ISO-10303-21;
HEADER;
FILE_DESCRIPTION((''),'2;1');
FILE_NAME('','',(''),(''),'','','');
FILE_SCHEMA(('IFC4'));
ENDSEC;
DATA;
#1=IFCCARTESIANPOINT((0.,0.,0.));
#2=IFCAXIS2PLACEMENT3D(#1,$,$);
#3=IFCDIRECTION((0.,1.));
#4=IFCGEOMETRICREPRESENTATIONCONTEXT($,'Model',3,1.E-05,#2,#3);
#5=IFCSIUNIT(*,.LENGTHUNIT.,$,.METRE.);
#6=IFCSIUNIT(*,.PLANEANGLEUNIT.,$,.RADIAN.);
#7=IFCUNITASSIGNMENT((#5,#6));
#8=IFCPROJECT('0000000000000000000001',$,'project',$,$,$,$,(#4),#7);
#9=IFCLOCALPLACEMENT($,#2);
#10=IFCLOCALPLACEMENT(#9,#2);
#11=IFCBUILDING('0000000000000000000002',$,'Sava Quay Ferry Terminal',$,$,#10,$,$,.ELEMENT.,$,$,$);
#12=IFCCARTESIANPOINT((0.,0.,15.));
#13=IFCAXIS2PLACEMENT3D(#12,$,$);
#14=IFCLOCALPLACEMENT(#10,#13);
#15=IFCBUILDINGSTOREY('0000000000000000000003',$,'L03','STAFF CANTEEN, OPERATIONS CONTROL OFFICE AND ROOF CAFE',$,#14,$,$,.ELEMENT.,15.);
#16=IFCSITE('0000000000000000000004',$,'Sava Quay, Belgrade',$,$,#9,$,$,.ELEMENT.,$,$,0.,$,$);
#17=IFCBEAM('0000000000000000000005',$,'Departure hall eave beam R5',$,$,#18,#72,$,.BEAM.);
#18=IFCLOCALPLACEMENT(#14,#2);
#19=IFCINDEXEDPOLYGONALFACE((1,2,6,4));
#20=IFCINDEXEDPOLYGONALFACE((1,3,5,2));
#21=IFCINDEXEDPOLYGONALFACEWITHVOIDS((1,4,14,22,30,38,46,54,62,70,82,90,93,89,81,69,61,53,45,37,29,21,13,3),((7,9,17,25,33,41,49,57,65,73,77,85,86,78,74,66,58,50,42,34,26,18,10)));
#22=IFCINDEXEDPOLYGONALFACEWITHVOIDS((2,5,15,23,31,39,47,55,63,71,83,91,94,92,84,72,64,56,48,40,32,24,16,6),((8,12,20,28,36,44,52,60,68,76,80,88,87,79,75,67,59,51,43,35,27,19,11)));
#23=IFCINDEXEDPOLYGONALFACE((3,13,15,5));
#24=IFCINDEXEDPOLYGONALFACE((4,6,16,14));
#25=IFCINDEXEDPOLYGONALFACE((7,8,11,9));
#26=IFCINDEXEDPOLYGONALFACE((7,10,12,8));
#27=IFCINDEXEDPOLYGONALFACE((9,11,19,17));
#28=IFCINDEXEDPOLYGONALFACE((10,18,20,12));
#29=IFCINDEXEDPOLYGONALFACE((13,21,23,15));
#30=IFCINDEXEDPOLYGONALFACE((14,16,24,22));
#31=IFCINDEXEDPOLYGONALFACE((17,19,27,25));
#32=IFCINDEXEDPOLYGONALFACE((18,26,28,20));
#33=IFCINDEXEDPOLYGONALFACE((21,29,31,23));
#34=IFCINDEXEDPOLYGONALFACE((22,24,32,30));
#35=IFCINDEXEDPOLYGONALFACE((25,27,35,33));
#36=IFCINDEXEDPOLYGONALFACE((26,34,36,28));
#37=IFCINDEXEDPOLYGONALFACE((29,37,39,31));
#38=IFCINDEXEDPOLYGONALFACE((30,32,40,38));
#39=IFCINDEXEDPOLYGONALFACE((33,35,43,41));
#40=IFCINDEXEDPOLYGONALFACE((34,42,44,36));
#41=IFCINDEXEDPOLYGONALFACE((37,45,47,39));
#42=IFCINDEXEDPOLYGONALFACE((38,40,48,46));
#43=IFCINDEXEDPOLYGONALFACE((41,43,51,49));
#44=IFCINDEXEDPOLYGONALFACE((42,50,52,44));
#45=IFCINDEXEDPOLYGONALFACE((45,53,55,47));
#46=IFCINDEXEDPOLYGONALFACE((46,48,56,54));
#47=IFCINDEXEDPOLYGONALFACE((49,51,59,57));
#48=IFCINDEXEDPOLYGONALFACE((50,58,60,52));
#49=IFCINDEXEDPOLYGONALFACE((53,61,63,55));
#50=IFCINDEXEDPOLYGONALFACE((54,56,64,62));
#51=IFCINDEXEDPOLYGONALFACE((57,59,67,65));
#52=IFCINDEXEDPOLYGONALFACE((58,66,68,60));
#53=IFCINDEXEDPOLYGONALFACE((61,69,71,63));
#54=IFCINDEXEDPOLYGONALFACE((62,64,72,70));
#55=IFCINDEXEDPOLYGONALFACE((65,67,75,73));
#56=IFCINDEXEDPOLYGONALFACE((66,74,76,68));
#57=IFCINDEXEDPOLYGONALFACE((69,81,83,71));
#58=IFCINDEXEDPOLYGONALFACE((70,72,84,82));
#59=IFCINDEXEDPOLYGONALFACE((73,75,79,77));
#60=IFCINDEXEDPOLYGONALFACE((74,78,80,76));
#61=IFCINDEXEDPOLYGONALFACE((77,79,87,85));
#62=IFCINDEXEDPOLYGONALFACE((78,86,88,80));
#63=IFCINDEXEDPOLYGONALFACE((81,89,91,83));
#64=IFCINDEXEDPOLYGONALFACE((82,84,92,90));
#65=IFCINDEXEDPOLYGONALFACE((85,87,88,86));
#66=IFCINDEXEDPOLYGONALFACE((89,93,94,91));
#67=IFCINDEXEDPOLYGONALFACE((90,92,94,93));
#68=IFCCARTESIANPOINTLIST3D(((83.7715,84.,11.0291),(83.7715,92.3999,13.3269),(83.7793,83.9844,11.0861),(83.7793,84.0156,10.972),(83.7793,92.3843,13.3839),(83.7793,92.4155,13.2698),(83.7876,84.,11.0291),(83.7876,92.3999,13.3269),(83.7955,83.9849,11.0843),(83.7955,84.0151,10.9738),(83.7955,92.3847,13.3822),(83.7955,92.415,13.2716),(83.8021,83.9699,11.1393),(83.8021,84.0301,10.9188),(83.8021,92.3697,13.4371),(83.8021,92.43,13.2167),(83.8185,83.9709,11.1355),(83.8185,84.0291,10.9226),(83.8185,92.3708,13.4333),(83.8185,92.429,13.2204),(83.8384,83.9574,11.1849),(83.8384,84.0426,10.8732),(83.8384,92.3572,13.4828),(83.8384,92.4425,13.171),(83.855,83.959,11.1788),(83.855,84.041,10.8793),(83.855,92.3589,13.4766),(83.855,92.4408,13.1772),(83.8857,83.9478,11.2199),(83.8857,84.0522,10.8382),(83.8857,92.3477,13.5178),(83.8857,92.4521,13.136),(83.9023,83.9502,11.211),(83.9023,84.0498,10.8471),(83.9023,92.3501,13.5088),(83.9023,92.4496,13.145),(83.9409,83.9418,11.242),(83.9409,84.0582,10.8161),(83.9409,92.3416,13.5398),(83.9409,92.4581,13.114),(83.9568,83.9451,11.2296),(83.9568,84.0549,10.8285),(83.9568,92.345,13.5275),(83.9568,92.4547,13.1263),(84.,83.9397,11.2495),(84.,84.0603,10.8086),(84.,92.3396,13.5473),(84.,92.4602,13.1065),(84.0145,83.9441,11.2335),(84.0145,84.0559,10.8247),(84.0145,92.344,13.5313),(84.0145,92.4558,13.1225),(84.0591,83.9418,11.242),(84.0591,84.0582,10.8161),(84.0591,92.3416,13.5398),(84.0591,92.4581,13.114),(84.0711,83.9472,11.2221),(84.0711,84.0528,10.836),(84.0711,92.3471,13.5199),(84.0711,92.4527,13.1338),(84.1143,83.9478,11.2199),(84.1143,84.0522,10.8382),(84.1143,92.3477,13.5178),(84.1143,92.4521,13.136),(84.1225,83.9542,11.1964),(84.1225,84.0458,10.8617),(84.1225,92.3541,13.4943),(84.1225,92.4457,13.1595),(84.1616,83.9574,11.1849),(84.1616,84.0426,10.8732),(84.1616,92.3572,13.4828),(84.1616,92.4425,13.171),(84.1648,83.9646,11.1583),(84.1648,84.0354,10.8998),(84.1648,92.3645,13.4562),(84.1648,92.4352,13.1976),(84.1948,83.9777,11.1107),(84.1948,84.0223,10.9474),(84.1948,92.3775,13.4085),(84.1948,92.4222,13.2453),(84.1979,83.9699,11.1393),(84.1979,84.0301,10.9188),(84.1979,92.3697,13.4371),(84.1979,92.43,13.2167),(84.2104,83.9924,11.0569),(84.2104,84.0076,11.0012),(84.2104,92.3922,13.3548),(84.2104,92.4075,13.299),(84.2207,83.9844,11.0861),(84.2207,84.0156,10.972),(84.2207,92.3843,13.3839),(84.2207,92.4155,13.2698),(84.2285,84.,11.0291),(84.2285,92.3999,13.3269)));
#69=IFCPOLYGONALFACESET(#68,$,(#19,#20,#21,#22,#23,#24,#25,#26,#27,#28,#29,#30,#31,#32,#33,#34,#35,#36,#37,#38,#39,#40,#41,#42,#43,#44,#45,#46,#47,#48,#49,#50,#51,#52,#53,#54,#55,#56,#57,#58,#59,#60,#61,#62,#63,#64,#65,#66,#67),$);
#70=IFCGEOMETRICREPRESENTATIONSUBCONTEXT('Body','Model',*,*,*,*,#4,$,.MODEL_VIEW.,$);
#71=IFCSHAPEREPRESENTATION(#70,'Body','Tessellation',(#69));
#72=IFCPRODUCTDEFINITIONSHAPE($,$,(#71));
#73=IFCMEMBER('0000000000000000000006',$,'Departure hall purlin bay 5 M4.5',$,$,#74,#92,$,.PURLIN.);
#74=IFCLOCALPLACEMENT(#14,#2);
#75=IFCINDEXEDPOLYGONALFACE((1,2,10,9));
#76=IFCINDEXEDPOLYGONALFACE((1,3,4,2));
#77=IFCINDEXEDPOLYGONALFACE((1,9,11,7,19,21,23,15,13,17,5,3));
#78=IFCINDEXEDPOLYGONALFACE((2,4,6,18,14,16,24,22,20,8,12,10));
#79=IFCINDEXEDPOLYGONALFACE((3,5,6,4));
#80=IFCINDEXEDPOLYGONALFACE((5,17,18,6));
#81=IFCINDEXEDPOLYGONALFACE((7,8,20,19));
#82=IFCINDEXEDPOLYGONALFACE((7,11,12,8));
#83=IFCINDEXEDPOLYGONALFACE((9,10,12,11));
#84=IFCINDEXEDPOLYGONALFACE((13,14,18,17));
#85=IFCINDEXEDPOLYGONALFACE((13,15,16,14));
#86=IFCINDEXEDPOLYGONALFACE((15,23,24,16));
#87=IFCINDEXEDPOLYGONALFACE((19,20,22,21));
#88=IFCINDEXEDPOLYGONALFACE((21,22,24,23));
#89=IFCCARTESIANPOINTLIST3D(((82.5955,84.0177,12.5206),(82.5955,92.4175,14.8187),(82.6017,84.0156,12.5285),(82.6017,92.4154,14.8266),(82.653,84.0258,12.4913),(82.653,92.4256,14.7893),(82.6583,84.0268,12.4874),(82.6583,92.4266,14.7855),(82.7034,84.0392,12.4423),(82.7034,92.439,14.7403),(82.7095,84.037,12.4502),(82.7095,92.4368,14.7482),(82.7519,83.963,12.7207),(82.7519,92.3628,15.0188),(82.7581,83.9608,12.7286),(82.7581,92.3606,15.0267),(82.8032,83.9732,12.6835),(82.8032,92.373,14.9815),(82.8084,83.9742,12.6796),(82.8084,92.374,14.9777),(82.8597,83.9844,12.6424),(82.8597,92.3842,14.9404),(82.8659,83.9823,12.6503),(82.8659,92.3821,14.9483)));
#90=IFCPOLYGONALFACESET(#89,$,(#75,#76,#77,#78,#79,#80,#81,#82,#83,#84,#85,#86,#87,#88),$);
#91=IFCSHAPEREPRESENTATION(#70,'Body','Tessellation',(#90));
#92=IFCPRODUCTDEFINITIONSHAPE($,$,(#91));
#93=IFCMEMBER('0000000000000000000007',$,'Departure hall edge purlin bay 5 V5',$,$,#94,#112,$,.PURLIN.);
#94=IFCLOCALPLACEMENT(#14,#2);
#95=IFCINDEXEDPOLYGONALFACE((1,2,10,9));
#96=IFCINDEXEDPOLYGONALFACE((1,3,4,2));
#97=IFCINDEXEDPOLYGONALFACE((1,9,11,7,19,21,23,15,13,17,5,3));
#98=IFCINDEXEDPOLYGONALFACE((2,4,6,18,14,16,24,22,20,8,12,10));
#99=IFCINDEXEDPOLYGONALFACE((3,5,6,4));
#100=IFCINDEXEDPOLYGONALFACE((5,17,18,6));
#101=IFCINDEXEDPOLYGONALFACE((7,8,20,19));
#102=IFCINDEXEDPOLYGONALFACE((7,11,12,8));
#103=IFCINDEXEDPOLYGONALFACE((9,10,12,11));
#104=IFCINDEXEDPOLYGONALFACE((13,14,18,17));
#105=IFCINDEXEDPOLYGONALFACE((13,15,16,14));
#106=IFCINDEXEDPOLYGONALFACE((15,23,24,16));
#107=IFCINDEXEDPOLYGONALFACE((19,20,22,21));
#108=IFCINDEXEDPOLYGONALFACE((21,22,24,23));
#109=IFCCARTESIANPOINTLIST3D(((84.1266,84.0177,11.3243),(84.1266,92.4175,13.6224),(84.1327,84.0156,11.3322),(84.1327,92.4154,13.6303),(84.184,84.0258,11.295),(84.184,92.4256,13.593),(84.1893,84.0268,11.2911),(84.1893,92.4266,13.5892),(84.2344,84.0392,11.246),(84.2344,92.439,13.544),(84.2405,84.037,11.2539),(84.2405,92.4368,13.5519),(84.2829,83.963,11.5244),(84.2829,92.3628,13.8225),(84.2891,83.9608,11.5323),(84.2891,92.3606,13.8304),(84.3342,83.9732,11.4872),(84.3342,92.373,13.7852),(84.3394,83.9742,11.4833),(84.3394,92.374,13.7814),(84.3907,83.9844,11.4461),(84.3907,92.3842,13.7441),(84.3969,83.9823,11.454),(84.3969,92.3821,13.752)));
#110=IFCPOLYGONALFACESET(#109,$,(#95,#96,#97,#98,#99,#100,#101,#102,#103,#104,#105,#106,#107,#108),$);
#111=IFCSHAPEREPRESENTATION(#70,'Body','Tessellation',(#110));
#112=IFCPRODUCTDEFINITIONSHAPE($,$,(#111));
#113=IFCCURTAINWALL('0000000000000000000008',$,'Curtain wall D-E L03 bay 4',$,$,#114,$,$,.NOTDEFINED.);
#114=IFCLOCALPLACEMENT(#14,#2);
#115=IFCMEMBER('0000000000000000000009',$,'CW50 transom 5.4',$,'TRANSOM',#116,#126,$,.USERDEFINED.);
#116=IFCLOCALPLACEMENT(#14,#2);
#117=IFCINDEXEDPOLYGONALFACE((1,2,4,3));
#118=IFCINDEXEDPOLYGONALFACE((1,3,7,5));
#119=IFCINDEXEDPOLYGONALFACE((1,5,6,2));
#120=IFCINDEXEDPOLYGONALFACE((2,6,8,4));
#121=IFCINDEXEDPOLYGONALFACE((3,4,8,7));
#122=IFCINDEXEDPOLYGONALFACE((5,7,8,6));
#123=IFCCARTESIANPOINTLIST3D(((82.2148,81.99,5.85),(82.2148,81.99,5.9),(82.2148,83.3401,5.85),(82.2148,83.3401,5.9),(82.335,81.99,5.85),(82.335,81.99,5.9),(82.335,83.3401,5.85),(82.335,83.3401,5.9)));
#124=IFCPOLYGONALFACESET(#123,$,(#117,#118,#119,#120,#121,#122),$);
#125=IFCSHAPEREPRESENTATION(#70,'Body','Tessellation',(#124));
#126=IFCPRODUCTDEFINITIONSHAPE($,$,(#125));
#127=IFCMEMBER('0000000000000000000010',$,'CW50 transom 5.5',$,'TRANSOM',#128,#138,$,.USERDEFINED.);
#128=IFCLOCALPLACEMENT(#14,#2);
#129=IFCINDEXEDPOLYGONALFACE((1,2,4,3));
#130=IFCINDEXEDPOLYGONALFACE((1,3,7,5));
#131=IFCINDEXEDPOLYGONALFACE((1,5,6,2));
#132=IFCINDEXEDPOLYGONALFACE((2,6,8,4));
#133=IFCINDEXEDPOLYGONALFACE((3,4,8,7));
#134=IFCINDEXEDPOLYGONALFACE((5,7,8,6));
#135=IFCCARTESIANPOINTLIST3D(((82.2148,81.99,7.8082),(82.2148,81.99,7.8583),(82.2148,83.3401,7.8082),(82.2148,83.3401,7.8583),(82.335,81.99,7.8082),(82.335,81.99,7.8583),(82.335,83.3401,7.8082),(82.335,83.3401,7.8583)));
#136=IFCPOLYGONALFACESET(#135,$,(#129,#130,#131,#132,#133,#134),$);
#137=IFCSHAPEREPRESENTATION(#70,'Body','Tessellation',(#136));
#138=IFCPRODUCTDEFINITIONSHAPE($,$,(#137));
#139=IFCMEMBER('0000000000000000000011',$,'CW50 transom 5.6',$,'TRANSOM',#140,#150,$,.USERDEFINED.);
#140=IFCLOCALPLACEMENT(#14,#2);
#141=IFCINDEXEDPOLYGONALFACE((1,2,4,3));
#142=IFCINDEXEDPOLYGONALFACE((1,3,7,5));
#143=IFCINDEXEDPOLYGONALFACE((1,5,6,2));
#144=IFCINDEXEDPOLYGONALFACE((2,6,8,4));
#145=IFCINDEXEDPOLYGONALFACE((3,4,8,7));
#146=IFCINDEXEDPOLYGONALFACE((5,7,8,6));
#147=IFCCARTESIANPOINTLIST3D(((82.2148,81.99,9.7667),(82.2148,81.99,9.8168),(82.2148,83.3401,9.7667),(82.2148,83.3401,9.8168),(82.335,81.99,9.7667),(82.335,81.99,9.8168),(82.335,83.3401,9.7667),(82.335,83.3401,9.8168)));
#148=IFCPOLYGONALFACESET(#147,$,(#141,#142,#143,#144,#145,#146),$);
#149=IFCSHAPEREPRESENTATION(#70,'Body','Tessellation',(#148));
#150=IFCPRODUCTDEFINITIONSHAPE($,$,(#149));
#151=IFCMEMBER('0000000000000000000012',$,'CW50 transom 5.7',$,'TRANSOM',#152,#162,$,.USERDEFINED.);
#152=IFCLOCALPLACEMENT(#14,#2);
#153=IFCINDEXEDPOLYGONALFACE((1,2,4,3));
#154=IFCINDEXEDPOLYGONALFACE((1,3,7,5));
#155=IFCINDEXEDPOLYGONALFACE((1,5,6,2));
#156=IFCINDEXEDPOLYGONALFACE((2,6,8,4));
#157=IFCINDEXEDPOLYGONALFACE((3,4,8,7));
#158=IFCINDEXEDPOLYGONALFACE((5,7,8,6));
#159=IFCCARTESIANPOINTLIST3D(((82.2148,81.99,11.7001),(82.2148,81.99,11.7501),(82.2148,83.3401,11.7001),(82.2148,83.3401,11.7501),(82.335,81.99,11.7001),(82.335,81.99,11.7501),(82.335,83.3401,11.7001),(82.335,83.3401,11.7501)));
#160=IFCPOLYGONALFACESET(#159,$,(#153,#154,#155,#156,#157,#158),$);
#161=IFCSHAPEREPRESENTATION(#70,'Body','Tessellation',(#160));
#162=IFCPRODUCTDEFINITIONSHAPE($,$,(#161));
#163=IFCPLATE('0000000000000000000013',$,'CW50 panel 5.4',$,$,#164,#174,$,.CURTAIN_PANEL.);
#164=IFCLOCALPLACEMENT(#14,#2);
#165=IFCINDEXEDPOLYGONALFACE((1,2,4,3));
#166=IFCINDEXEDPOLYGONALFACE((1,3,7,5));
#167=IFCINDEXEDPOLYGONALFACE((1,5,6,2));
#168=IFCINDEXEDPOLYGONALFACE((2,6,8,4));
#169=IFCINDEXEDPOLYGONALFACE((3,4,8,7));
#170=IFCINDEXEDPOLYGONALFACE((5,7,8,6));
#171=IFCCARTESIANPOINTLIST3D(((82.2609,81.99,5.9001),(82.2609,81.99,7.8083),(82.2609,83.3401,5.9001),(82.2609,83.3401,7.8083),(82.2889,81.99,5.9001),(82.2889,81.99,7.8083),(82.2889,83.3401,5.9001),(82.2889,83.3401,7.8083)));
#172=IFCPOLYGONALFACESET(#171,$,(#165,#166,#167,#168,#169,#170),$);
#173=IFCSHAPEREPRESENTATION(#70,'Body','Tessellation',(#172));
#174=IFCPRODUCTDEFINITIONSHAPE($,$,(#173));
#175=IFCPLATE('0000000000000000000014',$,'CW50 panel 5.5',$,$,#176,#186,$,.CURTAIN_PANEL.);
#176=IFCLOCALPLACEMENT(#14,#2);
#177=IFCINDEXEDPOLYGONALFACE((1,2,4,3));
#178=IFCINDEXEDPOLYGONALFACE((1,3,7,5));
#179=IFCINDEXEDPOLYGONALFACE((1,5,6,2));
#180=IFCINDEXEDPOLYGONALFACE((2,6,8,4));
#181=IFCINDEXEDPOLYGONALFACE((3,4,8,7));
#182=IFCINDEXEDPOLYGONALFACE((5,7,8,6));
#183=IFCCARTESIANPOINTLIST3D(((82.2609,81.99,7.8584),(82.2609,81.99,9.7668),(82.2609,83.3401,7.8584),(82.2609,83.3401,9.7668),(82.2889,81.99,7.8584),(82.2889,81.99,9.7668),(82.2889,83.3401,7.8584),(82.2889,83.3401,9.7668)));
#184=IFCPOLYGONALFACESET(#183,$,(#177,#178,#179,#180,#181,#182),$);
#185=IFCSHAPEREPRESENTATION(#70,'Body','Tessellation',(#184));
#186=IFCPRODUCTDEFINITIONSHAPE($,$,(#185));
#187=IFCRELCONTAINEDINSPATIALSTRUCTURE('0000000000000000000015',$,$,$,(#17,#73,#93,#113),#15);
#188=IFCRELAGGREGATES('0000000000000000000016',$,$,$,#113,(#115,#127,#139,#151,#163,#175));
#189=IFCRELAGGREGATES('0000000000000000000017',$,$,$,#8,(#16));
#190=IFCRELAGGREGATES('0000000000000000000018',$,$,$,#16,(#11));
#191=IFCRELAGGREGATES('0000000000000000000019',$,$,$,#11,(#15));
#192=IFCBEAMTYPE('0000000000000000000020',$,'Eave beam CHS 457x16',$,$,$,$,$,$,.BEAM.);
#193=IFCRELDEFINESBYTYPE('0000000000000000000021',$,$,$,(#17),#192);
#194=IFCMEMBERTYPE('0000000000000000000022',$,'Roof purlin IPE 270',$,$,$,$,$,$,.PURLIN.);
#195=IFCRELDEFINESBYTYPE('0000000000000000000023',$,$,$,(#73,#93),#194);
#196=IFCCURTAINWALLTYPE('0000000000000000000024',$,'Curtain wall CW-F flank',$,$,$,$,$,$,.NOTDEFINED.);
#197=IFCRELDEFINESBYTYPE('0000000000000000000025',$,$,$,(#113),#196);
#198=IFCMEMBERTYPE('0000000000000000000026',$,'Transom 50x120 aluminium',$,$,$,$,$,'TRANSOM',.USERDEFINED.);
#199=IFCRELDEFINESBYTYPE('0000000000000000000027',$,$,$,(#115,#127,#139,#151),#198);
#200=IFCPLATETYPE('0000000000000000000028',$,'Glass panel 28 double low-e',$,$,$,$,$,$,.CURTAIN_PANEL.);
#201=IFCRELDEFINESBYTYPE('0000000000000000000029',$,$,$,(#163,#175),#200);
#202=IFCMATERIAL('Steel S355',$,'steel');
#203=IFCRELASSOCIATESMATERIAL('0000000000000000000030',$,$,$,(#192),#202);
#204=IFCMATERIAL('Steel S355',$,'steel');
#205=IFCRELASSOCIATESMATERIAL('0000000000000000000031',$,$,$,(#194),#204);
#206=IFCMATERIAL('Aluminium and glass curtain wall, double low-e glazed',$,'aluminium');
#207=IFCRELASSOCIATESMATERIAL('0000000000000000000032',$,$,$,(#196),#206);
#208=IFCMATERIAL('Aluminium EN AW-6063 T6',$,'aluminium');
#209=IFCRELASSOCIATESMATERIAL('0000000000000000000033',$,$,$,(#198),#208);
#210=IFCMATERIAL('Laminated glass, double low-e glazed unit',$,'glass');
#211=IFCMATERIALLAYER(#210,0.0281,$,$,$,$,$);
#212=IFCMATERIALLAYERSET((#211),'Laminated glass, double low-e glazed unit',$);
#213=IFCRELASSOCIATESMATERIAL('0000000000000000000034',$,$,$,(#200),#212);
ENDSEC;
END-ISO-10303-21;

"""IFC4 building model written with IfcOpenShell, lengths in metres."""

from ifc_helpers import new_model, si_unit, direction, frame, origin, origin_2d, place, context, subcontext, project, spatial, rectangle, hollow_circle, i_section, extrude, material, layer, layer_set, material_profile, profile_set, type_object, element, aggregate, save


model = new_model("IFC4")

# Units and contexts
model_context = context("Model", 3, precision=1e-05, world=origin(), true_north=direction((0.0, 1.0)))
body_context = subcontext(model_context, "Body", "Model", "MODEL_VIEW")
ifc_project = project(units=[si_unit("LENGTHUNIT", "METRE"), si_unit("PLANEANGLEUNIT", "RADIAN")], contexts=[model_context])

# Site, building, storey
site_placement = place(None, origin())
site = spatial("IfcSite", under=ifc_project, at=site_placement, Name="Sava Quay, Belgrade", CompositionType="ELEMENT", RefElevation=0.0)
building_placement = place(site_placement, origin())
building = spatial("IfcBuilding", under=site, at=building_placement, Name="Sava Quay Ferry Terminal", CompositionType="ELEMENT")
storey_placement = place(building_placement, frame((0.0, 0.0, 15.0)))
storey = spatial("IfcBuildingStorey", under=building, at=storey_placement, Name="L03", Description="STAFF CANTEEN, OPERATIONS CONTROL OFFICE AND ROOF CAFE", CompositionType="ELEMENT", Elevation=15.0)

# Beam
ifc_material_1 = material(Name="Steel S355", Category="steel")
ifc_material_profile_1 = material_profile(ifc_material_1, hollow_circle(Radius=0.2285, WallThickness=0.0161, at=origin_2d()), Name="CHS 457 x 16.0")
ifc_profile_set_1 = profile_set([ifc_material_profile_1], Name="Steel S355")
beam_type = type_object("IfcBeamType", Name="Eave beam CHS 457x16", PredefinedType="BEAM", material=ifc_profile_set_1)
beam_placement = place(storey_placement, frame((84.0, 84.0, 11.0291), z_axis=(0.0, 0.96456, 0.263862), x_axis=(-1.0, 0.0, 0.0)))
element("IfcBeam", 1, at=beam_placement, inside=storey, type_object=beam_type, Name="Departure hall eave beam R5", PredefinedType="BEAM", context=body_context, shape_type="SweptSolid", body=[
    extrude(hollow_circle(Radius=0.2285, WallThickness=0.0161, at=origin_2d()), origin(), (0.0, 0.0, 1.0), 8.7085),
])

# Members
ifc_material_2 = material(Name="Steel S355", Category="steel")
ifc_material_profile_2 = material_profile(ifc_material_2, i_section(OverallWidth=0.135, OverallDepth=0.27, WebThickness=0.0066, FlangeThickness=0.0103, at=origin_2d()), Name="IPE 270")
ifc_profile_set_2 = profile_set([ifc_material_profile_2], Name="Steel S355")
member_type_1 = type_object("IfcMemberType", Name="Roof purlin IPE 270", PredefinedType="PURLIN", material=ifc_profile_set_2)
for number, where, z_axis, x_axis, name in (
    (2, (82.7307, 84.0, 12.5854), (0.0, 0.964553, 0.263888), (-0.79862, -0.158817, 0.580502), "Departure hall purlin bay 5 M4.5"),
    (3, (84.2617, 84.0, 11.3892), (0.0, 0.964553, 0.263888), (-0.79862, -0.158817, 0.580502), "Departure hall edge purlin bay 5 V5"),
):
    element("IfcMember", number, at=place(storey_placement, frame(where, z_axis=z_axis, x_axis=x_axis)), inside=storey, type_object=member_type_1, Name=name, PredefinedType="PURLIN", context=body_context, shape_type="SweptSolid", body=[
        extrude(i_section(OverallWidth=0.135, OverallDepth=0.27, WebThickness=0.0066, FlangeThickness=0.0103, at=origin_2d()), origin(), (0.0, 0.0, 1.0), 8.7085),
    ])

# Curtain wall, members, plates
ifc_material_3 = material(Name="Aluminium and glass curtain wall, double low-e glazed", Category="aluminium")
curtain_wall_type = type_object("IfcCurtainWallType", Name="Curtain wall CW-F flank", PredefinedType="NOTDEFINED", material=ifc_material_3)
curtain_wall_placement = place(storey_placement, origin())
curtain_wall = element("IfcCurtainWall", 4, at=curtain_wall_placement, inside=storey, type_object=curtain_wall_type, Name="Curtain wall D-E L03 bay 4", PredefinedType="NOTDEFINED")
ifc_material_4 = material(Name="Aluminium EN AW-6063 T6", Category="aluminium")
ifc_material_profile_3 = material_profile(ifc_material_4, rectangle(XDim=0.1201, YDim=0.05, at=origin_2d()), Name="Transom 50x120 aluminium")
ifc_profile_set_3 = profile_set([ifc_material_profile_3], Name="Aluminium EN AW-6063 T6")
member_type_2 = type_object("IfcMemberType", Name="Transom 50x120 aluminium", ElementType="TRANSOM", PredefinedType="USERDEFINED", material=ifc_profile_set_3)
member_1_placement = place(storey_placement, frame((82.2749, 81.99, 5.875), z_axis=(0.0, 1.0, 0.0), x_axis=(-1.0, 0.0, 0.0)))
member_1 = element("IfcMember", 5, at=member_1_placement, type_object=member_type_2, Name="CW50 transom 5.4", ObjectType="TRANSOM", PredefinedType="USERDEFINED", context=body_context, shape_type="SweptSolid", body=[
    extrude(rectangle(XDim=0.1201, YDim=0.05, at=origin_2d()), origin(), (0.0, 0.0, 1.0), 1.3501),
])
member_2_placement = place(storey_placement, frame((82.2749, 81.99, 7.8333), z_axis=(0.0, 1.0, 0.0), x_axis=(-1.0, 0.0, 0.0)))
member_2 = element("IfcMember", 6, at=member_2_placement, type_object=member_type_2, Name="CW50 transom 5.5", ObjectType="TRANSOM", PredefinedType="USERDEFINED", context=body_context, shape_type="SweptSolid", body=[
    extrude(rectangle(XDim=0.1201, YDim=0.05, at=origin_2d()), origin(), (0.0, 0.0, 1.0), 1.3501),
])
member_3_placement = place(storey_placement, frame((82.2749, 81.99, 9.7917), z_axis=(0.0, 1.0, 0.0), x_axis=(-1.0, 0.0, 0.0)))
member_3 = element("IfcMember", 7, at=member_3_placement, type_object=member_type_2, Name="CW50 transom 5.6", ObjectType="TRANSOM", PredefinedType="USERDEFINED", context=body_context, shape_type="SweptSolid", body=[
    extrude(rectangle(XDim=0.1201, YDim=0.05, at=origin_2d()), origin(), (0.0, 0.0, 1.0), 1.3501),
])
member_4_placement = place(storey_placement, frame((82.2749, 81.99, 11.7251), z_axis=(0.0, 1.0, 0.0), x_axis=(-1.0, 0.0, 0.0)))
member_4 = element("IfcMember", 8, at=member_4_placement, type_object=member_type_2, Name="CW50 transom 5.7", ObjectType="TRANSOM", PredefinedType="USERDEFINED", context=body_context, shape_type="SweptSolid", body=[
    extrude(rectangle(XDim=0.1201, YDim=0.05, at=origin_2d()), origin(), (0.0, 0.0, 1.0), 1.3501),
])
ifc_material_5 = material(Name="Laminated glass, double low-e glazed unit", Category="glass")
ifc_layer_1 = layer(ifc_material_5, 0.0281)
ifc_layer_set_1 = layer_set([ifc_layer_1], Name="Laminated glass, double low-e glazed unit")
plate_type = type_object("IfcPlateType", Name="Glass panel 28 double low-e", PredefinedType="CURTAIN_PANEL", material=ifc_layer_set_1)
plate_1_placement = place(storey_placement, frame((82.2749, 82.665, 5.9001), z_axis=(0.0, 0.0, 1.0), x_axis=(0.0, 1.0, 0.0)))
plate_1 = element("IfcPlate", 9, at=plate_1_placement, type_object=plate_type, Name="CW50 panel 5.4", PredefinedType="CURTAIN_PANEL", context=body_context, shape_type="SweptSolid", body=[
    extrude(rectangle(XDim=1.3501, YDim=0.0281, at=origin_2d()), origin(), (0.0, 0.0, 1.0), 1.9082),
])
plate_2_placement = place(storey_placement, frame((82.2749, 82.665, 7.8584), z_axis=(0.0, 0.0, 1.0), x_axis=(0.0, 1.0, 0.0)))
plate_2 = element("IfcPlate", 10, at=plate_2_placement, type_object=plate_type, Name="CW50 panel 5.5", PredefinedType="CURTAIN_PANEL", context=body_context, shape_type="SweptSolid", body=[
    extrude(rectangle(XDim=1.3501, YDim=0.0281, at=origin_2d()), origin(), (0.0, 0.0, 1.0), 1.9084),
])
aggregate(curtain_wall, [member_1, member_2, member_3, member_4, plate_1, plate_2])

save(model, "model.ifc")
